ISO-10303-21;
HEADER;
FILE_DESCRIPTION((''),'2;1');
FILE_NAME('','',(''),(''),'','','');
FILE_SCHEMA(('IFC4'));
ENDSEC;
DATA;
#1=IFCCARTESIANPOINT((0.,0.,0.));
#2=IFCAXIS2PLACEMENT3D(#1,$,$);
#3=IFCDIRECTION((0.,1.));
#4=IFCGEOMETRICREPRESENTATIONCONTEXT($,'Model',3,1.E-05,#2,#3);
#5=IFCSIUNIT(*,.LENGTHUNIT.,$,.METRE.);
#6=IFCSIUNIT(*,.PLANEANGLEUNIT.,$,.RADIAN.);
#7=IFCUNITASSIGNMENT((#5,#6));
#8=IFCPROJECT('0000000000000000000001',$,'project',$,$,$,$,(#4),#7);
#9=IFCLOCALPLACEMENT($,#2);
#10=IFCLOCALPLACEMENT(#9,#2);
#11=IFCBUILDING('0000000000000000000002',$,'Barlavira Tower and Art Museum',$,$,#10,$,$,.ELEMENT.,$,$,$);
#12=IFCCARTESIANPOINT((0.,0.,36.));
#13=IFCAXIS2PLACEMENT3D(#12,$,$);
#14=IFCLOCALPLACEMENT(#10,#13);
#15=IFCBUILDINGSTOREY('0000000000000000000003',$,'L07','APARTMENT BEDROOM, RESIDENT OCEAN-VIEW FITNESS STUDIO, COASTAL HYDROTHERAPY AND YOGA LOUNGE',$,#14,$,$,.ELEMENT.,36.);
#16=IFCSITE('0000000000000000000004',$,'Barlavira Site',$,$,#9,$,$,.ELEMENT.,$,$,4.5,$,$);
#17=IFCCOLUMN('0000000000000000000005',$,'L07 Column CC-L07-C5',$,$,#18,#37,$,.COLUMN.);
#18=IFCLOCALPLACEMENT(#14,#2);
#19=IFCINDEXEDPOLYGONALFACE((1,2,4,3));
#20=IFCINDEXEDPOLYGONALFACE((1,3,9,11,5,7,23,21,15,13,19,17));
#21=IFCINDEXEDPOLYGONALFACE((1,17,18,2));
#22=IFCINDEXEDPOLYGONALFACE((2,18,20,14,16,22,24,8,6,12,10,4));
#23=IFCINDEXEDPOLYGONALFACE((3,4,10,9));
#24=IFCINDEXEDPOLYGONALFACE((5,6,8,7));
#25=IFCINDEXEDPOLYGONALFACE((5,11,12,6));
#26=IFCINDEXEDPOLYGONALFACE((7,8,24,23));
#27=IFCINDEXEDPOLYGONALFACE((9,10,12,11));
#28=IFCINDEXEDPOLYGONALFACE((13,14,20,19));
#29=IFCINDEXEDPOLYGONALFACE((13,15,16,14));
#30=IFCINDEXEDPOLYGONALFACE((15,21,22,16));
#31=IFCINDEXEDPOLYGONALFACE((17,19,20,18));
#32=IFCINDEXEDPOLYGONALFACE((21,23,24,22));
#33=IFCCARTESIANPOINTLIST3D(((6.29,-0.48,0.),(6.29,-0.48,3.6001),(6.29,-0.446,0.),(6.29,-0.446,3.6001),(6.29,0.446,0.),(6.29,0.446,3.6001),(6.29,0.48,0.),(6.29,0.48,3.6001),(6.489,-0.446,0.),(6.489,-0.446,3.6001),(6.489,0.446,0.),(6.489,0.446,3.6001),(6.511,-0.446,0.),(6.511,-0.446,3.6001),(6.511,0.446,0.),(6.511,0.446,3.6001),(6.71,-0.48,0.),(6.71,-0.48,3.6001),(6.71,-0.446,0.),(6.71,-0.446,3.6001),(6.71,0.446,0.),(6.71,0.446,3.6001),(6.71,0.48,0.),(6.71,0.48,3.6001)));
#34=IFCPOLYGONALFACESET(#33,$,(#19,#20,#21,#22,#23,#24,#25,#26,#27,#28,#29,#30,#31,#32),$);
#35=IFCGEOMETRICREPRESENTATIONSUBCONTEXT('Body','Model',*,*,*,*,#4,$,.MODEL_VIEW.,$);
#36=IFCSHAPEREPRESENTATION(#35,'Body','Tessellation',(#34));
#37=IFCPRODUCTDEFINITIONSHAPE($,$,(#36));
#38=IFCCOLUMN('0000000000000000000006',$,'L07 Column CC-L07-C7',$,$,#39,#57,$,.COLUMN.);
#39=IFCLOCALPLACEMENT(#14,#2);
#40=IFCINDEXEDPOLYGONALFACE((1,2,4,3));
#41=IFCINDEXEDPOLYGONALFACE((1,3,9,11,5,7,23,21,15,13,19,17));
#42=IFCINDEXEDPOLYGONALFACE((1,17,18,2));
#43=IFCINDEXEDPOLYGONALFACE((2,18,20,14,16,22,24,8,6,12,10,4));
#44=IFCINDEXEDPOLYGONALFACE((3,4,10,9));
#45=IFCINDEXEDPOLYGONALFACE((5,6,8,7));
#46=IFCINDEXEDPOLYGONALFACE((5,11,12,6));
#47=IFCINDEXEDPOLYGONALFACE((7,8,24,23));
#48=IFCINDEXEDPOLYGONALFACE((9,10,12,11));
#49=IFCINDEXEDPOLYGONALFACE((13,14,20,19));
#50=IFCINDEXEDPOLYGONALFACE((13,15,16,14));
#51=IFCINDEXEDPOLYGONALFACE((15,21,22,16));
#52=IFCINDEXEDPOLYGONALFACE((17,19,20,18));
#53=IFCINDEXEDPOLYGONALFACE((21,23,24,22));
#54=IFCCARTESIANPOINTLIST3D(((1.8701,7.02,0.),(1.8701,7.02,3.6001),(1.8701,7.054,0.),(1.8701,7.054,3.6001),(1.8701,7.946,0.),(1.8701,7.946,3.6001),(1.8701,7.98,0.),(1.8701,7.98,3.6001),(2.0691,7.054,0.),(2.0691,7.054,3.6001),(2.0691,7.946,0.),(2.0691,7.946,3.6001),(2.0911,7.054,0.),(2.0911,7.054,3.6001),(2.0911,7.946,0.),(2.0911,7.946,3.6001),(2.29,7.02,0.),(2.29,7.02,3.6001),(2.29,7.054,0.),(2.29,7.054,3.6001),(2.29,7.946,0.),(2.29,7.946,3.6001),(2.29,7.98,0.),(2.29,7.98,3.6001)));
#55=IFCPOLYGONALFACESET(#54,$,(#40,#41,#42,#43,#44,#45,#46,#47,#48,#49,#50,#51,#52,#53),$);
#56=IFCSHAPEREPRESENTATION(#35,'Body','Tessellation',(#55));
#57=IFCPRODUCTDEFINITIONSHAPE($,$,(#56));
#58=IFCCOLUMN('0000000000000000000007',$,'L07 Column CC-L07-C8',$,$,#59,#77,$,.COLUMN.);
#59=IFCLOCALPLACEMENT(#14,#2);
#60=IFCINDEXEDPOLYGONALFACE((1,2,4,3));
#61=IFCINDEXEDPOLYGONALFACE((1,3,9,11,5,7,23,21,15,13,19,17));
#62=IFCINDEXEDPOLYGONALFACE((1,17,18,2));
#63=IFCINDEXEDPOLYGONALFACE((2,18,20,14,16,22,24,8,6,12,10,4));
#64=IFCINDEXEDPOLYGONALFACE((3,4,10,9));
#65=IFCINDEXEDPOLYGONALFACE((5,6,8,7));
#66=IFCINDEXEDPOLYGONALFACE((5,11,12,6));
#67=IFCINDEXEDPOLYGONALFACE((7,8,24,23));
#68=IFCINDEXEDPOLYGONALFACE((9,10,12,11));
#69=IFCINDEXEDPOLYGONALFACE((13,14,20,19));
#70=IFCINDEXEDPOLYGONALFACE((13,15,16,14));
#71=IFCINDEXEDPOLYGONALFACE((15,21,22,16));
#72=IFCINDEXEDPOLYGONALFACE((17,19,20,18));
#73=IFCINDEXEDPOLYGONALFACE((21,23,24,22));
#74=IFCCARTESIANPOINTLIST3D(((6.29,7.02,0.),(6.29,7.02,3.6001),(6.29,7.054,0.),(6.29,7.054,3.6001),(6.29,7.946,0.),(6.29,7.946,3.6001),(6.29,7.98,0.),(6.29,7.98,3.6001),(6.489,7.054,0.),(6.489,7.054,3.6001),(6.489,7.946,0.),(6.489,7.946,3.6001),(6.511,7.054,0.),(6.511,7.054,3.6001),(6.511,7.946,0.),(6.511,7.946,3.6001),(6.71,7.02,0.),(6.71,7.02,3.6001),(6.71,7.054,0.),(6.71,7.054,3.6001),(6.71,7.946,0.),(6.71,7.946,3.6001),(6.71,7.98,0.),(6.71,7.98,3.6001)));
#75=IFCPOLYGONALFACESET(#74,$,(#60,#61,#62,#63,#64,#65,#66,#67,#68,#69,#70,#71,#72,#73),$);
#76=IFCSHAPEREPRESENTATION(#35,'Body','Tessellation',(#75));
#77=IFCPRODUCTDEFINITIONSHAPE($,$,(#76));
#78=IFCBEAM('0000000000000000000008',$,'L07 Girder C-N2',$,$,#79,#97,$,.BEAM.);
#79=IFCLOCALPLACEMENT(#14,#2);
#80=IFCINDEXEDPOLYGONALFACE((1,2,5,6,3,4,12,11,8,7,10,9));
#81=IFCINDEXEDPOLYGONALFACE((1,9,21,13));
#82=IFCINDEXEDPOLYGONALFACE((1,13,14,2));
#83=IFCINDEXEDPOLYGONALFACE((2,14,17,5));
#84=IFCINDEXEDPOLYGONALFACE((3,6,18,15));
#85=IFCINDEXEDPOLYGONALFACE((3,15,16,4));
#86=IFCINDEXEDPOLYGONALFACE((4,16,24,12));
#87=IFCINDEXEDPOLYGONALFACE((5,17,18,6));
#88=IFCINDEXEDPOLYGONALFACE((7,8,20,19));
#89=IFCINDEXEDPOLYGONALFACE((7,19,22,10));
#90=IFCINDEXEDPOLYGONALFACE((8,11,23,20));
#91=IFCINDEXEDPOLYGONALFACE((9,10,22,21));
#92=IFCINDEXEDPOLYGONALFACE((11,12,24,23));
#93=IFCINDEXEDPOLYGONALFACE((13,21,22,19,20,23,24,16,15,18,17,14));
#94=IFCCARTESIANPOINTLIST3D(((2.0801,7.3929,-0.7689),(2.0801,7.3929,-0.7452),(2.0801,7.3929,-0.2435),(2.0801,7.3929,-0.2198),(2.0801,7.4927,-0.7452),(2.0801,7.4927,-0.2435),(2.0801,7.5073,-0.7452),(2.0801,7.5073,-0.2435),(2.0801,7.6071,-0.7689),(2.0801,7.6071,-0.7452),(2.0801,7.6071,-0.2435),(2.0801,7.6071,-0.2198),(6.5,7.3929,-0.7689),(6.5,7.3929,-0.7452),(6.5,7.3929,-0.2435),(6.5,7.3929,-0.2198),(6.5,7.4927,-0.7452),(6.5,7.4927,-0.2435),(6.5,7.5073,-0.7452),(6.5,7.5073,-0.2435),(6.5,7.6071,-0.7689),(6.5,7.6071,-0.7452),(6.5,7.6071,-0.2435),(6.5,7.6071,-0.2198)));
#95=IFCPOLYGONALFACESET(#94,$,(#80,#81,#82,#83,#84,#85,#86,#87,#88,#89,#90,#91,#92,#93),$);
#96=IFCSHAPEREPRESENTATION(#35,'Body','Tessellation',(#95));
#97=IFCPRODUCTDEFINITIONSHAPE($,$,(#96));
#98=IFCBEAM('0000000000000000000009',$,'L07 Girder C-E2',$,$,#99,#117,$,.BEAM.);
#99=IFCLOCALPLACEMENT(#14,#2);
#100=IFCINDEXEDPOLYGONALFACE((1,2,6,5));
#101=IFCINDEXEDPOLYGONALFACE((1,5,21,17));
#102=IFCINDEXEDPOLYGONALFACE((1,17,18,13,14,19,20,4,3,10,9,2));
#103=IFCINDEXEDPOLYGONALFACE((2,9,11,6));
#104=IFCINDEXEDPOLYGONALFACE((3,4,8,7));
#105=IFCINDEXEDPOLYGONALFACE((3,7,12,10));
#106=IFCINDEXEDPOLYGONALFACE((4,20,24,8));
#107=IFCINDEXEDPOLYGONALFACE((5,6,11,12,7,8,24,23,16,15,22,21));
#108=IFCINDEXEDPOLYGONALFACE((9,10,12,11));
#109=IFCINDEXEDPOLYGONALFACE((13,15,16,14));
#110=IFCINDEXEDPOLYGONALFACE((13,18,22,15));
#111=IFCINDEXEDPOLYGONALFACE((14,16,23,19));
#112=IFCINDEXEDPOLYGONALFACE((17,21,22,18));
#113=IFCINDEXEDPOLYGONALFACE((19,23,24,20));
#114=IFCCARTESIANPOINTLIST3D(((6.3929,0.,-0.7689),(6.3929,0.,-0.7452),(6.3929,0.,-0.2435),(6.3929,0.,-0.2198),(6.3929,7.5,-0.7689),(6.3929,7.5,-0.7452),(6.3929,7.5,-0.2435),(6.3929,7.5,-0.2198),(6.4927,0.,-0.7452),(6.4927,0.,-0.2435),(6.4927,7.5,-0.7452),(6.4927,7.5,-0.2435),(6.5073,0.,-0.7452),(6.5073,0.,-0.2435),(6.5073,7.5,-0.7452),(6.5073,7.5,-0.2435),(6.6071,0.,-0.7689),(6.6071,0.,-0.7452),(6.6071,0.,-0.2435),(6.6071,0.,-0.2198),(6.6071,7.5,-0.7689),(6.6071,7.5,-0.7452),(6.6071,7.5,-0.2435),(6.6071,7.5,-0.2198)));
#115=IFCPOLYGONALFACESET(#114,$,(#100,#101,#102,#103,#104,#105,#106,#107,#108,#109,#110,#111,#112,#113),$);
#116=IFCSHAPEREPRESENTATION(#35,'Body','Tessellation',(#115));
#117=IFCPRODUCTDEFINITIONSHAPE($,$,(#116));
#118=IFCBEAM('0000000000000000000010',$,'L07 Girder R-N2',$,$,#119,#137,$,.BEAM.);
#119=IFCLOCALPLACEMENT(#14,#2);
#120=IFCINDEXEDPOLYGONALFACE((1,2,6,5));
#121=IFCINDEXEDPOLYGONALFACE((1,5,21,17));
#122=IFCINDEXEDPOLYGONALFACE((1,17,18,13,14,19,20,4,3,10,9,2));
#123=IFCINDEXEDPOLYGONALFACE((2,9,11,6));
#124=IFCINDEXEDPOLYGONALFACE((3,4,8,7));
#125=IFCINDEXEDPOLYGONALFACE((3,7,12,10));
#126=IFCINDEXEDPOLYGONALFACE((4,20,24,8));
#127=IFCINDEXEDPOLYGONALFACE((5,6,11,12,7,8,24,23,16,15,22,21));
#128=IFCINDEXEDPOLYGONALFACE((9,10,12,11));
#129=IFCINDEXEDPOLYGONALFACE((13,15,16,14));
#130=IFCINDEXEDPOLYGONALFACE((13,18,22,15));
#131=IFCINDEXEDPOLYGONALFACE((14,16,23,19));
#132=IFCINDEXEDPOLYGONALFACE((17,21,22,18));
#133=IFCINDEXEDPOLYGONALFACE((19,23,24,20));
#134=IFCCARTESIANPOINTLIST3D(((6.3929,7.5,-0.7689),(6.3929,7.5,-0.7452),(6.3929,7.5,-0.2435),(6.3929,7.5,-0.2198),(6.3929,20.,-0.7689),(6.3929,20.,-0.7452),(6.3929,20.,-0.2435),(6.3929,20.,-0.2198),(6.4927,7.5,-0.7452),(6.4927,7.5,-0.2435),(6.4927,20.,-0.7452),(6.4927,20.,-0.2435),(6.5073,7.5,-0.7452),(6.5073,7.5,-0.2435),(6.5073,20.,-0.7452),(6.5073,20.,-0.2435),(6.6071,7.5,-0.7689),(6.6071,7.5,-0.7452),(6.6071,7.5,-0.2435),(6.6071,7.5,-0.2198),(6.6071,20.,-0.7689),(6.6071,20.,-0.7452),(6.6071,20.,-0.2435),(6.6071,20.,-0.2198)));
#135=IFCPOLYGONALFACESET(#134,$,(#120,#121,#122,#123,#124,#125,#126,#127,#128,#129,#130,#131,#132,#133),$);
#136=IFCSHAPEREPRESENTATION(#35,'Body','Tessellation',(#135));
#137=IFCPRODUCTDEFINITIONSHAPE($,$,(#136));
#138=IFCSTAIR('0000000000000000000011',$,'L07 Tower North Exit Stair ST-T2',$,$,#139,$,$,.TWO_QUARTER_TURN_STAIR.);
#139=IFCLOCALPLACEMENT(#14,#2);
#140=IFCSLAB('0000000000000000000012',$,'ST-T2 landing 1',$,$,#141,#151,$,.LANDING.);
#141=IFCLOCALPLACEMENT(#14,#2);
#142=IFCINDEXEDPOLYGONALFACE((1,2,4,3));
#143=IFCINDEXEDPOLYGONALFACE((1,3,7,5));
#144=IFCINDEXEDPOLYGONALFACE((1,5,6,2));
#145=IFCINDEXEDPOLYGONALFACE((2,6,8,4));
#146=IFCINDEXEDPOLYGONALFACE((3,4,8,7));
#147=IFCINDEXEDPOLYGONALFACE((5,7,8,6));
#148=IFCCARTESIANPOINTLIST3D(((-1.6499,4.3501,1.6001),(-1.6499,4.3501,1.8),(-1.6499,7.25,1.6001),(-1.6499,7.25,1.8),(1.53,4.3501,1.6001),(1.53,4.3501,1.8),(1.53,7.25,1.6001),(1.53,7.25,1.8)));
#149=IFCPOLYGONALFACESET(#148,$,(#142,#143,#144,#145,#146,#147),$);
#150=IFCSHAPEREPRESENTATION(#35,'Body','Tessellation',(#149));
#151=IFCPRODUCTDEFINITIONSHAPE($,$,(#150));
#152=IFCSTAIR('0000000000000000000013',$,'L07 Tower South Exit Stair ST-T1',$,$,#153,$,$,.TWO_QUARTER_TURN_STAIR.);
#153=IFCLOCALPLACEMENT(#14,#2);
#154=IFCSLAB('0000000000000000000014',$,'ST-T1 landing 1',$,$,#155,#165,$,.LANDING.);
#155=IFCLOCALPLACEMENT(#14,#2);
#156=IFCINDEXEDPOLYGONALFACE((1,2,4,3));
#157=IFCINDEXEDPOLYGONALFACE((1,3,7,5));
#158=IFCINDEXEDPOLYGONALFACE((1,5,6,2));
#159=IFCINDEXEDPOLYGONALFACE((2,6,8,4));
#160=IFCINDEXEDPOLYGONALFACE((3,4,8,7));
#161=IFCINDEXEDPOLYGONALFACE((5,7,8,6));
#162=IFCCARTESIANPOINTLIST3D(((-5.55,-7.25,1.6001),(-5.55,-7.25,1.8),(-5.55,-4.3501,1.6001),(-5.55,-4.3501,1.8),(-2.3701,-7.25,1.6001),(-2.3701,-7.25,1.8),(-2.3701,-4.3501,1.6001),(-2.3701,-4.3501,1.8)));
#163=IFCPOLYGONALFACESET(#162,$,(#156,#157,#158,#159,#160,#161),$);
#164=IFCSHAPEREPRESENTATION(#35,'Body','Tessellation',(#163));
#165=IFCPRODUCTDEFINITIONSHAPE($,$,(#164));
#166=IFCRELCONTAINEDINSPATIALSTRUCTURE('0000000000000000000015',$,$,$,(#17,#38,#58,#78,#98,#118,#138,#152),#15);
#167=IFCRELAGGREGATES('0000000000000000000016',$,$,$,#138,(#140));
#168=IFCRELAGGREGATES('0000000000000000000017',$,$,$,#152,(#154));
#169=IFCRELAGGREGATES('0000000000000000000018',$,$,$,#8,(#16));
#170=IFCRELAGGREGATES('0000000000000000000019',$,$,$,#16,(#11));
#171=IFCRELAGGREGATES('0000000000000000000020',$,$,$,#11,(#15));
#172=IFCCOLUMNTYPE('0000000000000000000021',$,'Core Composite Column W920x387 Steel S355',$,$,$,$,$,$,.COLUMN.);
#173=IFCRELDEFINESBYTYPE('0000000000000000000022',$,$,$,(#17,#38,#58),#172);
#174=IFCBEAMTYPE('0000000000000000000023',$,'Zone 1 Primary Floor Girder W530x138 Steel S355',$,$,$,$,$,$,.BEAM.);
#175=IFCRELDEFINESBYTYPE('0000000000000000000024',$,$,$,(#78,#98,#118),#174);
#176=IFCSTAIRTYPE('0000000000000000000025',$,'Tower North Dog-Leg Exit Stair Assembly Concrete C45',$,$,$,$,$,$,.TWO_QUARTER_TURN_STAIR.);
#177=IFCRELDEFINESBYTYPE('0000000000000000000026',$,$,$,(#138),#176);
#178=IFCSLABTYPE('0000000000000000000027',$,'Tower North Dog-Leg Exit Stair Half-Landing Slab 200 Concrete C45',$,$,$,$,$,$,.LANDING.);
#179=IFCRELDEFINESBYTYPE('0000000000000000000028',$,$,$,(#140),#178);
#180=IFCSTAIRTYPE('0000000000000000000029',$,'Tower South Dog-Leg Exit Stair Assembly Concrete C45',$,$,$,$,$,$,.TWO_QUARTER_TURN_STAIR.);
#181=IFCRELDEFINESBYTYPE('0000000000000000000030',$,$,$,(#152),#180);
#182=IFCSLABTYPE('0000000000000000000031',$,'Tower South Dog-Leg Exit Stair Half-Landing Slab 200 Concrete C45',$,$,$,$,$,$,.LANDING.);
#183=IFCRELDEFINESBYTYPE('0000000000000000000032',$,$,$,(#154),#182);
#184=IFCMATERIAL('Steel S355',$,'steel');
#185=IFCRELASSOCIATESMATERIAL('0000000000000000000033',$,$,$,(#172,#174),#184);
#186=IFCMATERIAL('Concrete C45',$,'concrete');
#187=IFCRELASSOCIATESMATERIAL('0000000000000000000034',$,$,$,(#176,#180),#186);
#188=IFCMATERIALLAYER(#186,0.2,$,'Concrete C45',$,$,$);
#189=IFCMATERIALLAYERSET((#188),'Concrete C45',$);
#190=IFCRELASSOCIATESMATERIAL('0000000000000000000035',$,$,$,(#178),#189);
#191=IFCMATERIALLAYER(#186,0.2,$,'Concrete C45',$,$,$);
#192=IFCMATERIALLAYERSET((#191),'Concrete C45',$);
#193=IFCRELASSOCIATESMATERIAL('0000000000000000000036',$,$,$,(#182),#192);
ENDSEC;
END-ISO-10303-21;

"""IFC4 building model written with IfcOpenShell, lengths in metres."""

from ifc_helpers import new_model, si_unit, direction, frame, origin, origin_2d, place, context, subcontext, project, spatial, polyline, i_section, outline, extrude, material, layer, layer_set, material_profile, profile_set, type_object, element, aggregate, save


model = new_model("IFC4")

# Units and contexts
model_context = context("Model", 3, precision=1e-05, world=origin(), true_north=direction((0.0, 1.0)))
body_context = subcontext(model_context, "Body", "Model", "MODEL_VIEW")
ifc_project = project(units=[si_unit("LENGTHUNIT", "METRE"), si_unit("PLANEANGLEUNIT", "RADIAN")], contexts=[model_context])

# Site, building, storey
site_placement = place(None, origin())
site = spatial("IfcSite", under=ifc_project, at=site_placement, Name="Barlavira Site", CompositionType="ELEMENT", RefElevation=4.5)
building_placement = place(site_placement, origin())
building = spatial("IfcBuilding", under=site, at=building_placement, Name="Barlavira Tower and Art Museum", CompositionType="ELEMENT")
storey_placement = place(building_placement, frame((0.0, 0.0, 36.0)))
storey = spatial("IfcBuildingStorey", under=building, at=storey_placement, Name="L07", Description="APARTMENT BEDROOM, RESIDENT OCEAN-VIEW FITNESS STUDIO, COASTAL HYDROTHERAPY AND YOGA LOUNGE", CompositionType="ELEMENT", Elevation=36.0)

# Columns
ifc_material_1 = material(Name="Steel S355", Category="steel")
ifc_material_profile_1 = material_profile(ifc_material_1, i_section(OverallWidth=0.4199, OverallDepth=0.96, WebThickness=0.022, FlangeThickness=0.0339, at=origin_2d()), Name="W920x387.0")
ifc_profile_set_1 = profile_set([ifc_material_profile_1], Name="Steel S355")
column_type = type_object("IfcColumnType", Name="Core Composite Column W920x387 Steel S355", PredefinedType="COLUMN", material=ifc_profile_set_1)
for number, where, z_axis, x_axis, name in (
    (1, (6.5, 0.0, 0.0), (0.0, 0.0, 1.0), (1.0, 0.0, 0.0), "L07 Column CC-L07-C5"),
    (2, (2.0801, 7.5, 0.0), (0.0, 0.0, 1.0), (1.0, 0.0, 0.0), "L07 Column CC-L07-C7"),
    (3, (6.5, 7.5, 0.0), (0.0, 0.0, 1.0), (1.0, 0.0, 0.0), "L07 Column CC-L07-C8"),
):
    element("IfcColumn", number, at=place(storey_placement, frame(where, z_axis=z_axis, x_axis=x_axis)), inside=storey, type_object=column_type, Name=name, PredefinedType="COLUMN", context=body_context, shape_type="SweptSolid", body=[
        extrude(i_section(OverallWidth=0.4199, OverallDepth=0.96, WebThickness=0.022, FlangeThickness=0.0339, at=origin_2d()), origin(), (0.0, 0.0, 1.0), 3.6001),
    ])

# Beams
ifc_material_profile_2 = material_profile(ifc_material_1, i_section(OverallWidth=0.2141, OverallDepth=0.5491, WebThickness=0.0146, FlangeThickness=0.0237, at=origin_2d()), Name="W530x138.0")
ifc_profile_set_2 = profile_set([ifc_material_profile_2], Name="Steel S355")
beam_type = type_object("IfcBeamType", Name="Zone 1 Primary Floor Girder W530x138 Steel S355", PredefinedType="BEAM", material=ifc_profile_set_2)
beam_1_placement = place(storey_placement, frame((2.0801, 7.5, -0.4944), z_axis=(1.0, 0.0, 0.0), x_axis=(0.0, 1.0, 0.0)))
element("IfcBeam", 4, at=beam_1_placement, inside=storey, type_object=beam_type, Name="L07 Girder C-N2", PredefinedType="BEAM", context=body_context, shape_type="SweptSolid", body=[
    extrude(i_section(OverallWidth=0.2141, OverallDepth=0.5491, WebThickness=0.0146, FlangeThickness=0.0237, at=origin_2d()), origin(), (0.0, 0.0, 1.0), 4.4199),
])
beam_2_placement = place(storey_placement, frame((6.5, 0.0, -0.4944), z_axis=(0.0, 1.0, 0.0), x_axis=(-1.0, 0.0, 0.0)))
element("IfcBeam", 5, at=beam_2_placement, inside=storey, type_object=beam_type, Name="L07 Girder C-E2", PredefinedType="BEAM", context=body_context, shape_type="SweptSolid", body=[
    extrude(i_section(OverallWidth=0.2141, OverallDepth=0.5491, WebThickness=0.0146, FlangeThickness=0.0237, at=origin_2d()), origin(), (0.0, 0.0, 1.0), 7.5),
])
beam_3_placement = place(storey_placement, frame((6.5, 7.5, -0.4944), z_axis=(0.0, 1.0, 0.0), x_axis=(-1.0, 0.0, 0.0)))
element("IfcBeam", 6, at=beam_3_placement, inside=storey, type_object=beam_type, Name="L07 Girder R-N2", PredefinedType="BEAM", context=body_context, shape_type="SweptSolid", body=[
    extrude(i_section(OverallWidth=0.2141, OverallDepth=0.5491, WebThickness=0.0146, FlangeThickness=0.0237, at=origin_2d()), origin(), (0.0, 0.0, 1.0), 12.5),
])

# Stairs, slabs
ifc_material_2 = material(Name="Concrete C45", Category="concrete")
stair_type_1 = type_object("IfcStairType", Name="Tower North Dog-Leg Exit Stair Assembly Concrete C45", PredefinedType="TWO_QUARTER_TURN_STAIR", material=ifc_material_2)
stair_1_placement = place(storey_placement, origin())
stair_1 = element("IfcStair", 7, at=stair_1_placement, inside=storey, type_object=stair_type_1, Name="L07 Tower North Exit Stair ST-T2", PredefinedType="TWO_QUARTER_TURN_STAIR")
ifc_layer_1 = layer(ifc_material_2, 0.2, Name="Concrete C45")
ifc_layer_set_1 = layer_set([ifc_layer_1], Name="Concrete C45")
slab_type_1 = type_object("IfcSlabType", Name="Tower North Dog-Leg Exit Stair Half-Landing Slab 200 Concrete C45", PredefinedType="LANDING", material=ifc_layer_set_1)
slab_1_placement = place(storey_placement, frame((0.0, 0.0, 1.6001)))
slab_1 = element("IfcSlab", 8, at=slab_1_placement, type_object=slab_type_1, Name="ST-T2 landing 1", PredefinedType="LANDING", context=body_context, shape_type="SweptSolid", body=[
    extrude(outline(polyline([(-1.6499, 4.3501), (1.53, 4.3501), (1.53, 7.25), (-1.6499, 7.25), (-1.6499, 4.3501)])), origin(), (0.0, 0.0, 1.0), 0.2),
])
aggregate(stair_1, [slab_1])
stair_type_2 = type_object("IfcStairType", Name="Tower South Dog-Leg Exit Stair Assembly Concrete C45", PredefinedType="TWO_QUARTER_TURN_STAIR", material=ifc_material_2)
stair_2_placement = place(storey_placement, origin())
stair_2 = element("IfcStair", 9, at=stair_2_placement, inside=storey, type_object=stair_type_2, Name="L07 Tower South Exit Stair ST-T1", PredefinedType="TWO_QUARTER_TURN_STAIR")
ifc_layer_2 = layer(ifc_material_2, 0.2, Name="Concrete C45")
ifc_layer_set_2 = layer_set([ifc_layer_2], Name="Concrete C45")
slab_type_2 = type_object("IfcSlabType", Name="Tower South Dog-Leg Exit Stair Half-Landing Slab 200 Concrete C45", PredefinedType="LANDING", material=ifc_layer_set_2)
slab_2_placement = place(storey_placement, frame((0.0, 0.0, 1.6001)))
slab_2 = element("IfcSlab", 10, at=slab_2_placement, type_object=slab_type_2, Name="ST-T1 landing 1", PredefinedType="LANDING", context=body_context, shape_type="SweptSolid", body=[
    extrude(outline(polyline([(-2.3701, -4.3501), (-5.55, -4.3501), (-5.55, -7.25), (-2.3701, -7.25), (-2.3701, -4.3501)])), origin(), (0.0, 0.0, 1.0), 0.2),
])
aggregate(stair_2, [slab_2])

save(model, "model.ifc")
